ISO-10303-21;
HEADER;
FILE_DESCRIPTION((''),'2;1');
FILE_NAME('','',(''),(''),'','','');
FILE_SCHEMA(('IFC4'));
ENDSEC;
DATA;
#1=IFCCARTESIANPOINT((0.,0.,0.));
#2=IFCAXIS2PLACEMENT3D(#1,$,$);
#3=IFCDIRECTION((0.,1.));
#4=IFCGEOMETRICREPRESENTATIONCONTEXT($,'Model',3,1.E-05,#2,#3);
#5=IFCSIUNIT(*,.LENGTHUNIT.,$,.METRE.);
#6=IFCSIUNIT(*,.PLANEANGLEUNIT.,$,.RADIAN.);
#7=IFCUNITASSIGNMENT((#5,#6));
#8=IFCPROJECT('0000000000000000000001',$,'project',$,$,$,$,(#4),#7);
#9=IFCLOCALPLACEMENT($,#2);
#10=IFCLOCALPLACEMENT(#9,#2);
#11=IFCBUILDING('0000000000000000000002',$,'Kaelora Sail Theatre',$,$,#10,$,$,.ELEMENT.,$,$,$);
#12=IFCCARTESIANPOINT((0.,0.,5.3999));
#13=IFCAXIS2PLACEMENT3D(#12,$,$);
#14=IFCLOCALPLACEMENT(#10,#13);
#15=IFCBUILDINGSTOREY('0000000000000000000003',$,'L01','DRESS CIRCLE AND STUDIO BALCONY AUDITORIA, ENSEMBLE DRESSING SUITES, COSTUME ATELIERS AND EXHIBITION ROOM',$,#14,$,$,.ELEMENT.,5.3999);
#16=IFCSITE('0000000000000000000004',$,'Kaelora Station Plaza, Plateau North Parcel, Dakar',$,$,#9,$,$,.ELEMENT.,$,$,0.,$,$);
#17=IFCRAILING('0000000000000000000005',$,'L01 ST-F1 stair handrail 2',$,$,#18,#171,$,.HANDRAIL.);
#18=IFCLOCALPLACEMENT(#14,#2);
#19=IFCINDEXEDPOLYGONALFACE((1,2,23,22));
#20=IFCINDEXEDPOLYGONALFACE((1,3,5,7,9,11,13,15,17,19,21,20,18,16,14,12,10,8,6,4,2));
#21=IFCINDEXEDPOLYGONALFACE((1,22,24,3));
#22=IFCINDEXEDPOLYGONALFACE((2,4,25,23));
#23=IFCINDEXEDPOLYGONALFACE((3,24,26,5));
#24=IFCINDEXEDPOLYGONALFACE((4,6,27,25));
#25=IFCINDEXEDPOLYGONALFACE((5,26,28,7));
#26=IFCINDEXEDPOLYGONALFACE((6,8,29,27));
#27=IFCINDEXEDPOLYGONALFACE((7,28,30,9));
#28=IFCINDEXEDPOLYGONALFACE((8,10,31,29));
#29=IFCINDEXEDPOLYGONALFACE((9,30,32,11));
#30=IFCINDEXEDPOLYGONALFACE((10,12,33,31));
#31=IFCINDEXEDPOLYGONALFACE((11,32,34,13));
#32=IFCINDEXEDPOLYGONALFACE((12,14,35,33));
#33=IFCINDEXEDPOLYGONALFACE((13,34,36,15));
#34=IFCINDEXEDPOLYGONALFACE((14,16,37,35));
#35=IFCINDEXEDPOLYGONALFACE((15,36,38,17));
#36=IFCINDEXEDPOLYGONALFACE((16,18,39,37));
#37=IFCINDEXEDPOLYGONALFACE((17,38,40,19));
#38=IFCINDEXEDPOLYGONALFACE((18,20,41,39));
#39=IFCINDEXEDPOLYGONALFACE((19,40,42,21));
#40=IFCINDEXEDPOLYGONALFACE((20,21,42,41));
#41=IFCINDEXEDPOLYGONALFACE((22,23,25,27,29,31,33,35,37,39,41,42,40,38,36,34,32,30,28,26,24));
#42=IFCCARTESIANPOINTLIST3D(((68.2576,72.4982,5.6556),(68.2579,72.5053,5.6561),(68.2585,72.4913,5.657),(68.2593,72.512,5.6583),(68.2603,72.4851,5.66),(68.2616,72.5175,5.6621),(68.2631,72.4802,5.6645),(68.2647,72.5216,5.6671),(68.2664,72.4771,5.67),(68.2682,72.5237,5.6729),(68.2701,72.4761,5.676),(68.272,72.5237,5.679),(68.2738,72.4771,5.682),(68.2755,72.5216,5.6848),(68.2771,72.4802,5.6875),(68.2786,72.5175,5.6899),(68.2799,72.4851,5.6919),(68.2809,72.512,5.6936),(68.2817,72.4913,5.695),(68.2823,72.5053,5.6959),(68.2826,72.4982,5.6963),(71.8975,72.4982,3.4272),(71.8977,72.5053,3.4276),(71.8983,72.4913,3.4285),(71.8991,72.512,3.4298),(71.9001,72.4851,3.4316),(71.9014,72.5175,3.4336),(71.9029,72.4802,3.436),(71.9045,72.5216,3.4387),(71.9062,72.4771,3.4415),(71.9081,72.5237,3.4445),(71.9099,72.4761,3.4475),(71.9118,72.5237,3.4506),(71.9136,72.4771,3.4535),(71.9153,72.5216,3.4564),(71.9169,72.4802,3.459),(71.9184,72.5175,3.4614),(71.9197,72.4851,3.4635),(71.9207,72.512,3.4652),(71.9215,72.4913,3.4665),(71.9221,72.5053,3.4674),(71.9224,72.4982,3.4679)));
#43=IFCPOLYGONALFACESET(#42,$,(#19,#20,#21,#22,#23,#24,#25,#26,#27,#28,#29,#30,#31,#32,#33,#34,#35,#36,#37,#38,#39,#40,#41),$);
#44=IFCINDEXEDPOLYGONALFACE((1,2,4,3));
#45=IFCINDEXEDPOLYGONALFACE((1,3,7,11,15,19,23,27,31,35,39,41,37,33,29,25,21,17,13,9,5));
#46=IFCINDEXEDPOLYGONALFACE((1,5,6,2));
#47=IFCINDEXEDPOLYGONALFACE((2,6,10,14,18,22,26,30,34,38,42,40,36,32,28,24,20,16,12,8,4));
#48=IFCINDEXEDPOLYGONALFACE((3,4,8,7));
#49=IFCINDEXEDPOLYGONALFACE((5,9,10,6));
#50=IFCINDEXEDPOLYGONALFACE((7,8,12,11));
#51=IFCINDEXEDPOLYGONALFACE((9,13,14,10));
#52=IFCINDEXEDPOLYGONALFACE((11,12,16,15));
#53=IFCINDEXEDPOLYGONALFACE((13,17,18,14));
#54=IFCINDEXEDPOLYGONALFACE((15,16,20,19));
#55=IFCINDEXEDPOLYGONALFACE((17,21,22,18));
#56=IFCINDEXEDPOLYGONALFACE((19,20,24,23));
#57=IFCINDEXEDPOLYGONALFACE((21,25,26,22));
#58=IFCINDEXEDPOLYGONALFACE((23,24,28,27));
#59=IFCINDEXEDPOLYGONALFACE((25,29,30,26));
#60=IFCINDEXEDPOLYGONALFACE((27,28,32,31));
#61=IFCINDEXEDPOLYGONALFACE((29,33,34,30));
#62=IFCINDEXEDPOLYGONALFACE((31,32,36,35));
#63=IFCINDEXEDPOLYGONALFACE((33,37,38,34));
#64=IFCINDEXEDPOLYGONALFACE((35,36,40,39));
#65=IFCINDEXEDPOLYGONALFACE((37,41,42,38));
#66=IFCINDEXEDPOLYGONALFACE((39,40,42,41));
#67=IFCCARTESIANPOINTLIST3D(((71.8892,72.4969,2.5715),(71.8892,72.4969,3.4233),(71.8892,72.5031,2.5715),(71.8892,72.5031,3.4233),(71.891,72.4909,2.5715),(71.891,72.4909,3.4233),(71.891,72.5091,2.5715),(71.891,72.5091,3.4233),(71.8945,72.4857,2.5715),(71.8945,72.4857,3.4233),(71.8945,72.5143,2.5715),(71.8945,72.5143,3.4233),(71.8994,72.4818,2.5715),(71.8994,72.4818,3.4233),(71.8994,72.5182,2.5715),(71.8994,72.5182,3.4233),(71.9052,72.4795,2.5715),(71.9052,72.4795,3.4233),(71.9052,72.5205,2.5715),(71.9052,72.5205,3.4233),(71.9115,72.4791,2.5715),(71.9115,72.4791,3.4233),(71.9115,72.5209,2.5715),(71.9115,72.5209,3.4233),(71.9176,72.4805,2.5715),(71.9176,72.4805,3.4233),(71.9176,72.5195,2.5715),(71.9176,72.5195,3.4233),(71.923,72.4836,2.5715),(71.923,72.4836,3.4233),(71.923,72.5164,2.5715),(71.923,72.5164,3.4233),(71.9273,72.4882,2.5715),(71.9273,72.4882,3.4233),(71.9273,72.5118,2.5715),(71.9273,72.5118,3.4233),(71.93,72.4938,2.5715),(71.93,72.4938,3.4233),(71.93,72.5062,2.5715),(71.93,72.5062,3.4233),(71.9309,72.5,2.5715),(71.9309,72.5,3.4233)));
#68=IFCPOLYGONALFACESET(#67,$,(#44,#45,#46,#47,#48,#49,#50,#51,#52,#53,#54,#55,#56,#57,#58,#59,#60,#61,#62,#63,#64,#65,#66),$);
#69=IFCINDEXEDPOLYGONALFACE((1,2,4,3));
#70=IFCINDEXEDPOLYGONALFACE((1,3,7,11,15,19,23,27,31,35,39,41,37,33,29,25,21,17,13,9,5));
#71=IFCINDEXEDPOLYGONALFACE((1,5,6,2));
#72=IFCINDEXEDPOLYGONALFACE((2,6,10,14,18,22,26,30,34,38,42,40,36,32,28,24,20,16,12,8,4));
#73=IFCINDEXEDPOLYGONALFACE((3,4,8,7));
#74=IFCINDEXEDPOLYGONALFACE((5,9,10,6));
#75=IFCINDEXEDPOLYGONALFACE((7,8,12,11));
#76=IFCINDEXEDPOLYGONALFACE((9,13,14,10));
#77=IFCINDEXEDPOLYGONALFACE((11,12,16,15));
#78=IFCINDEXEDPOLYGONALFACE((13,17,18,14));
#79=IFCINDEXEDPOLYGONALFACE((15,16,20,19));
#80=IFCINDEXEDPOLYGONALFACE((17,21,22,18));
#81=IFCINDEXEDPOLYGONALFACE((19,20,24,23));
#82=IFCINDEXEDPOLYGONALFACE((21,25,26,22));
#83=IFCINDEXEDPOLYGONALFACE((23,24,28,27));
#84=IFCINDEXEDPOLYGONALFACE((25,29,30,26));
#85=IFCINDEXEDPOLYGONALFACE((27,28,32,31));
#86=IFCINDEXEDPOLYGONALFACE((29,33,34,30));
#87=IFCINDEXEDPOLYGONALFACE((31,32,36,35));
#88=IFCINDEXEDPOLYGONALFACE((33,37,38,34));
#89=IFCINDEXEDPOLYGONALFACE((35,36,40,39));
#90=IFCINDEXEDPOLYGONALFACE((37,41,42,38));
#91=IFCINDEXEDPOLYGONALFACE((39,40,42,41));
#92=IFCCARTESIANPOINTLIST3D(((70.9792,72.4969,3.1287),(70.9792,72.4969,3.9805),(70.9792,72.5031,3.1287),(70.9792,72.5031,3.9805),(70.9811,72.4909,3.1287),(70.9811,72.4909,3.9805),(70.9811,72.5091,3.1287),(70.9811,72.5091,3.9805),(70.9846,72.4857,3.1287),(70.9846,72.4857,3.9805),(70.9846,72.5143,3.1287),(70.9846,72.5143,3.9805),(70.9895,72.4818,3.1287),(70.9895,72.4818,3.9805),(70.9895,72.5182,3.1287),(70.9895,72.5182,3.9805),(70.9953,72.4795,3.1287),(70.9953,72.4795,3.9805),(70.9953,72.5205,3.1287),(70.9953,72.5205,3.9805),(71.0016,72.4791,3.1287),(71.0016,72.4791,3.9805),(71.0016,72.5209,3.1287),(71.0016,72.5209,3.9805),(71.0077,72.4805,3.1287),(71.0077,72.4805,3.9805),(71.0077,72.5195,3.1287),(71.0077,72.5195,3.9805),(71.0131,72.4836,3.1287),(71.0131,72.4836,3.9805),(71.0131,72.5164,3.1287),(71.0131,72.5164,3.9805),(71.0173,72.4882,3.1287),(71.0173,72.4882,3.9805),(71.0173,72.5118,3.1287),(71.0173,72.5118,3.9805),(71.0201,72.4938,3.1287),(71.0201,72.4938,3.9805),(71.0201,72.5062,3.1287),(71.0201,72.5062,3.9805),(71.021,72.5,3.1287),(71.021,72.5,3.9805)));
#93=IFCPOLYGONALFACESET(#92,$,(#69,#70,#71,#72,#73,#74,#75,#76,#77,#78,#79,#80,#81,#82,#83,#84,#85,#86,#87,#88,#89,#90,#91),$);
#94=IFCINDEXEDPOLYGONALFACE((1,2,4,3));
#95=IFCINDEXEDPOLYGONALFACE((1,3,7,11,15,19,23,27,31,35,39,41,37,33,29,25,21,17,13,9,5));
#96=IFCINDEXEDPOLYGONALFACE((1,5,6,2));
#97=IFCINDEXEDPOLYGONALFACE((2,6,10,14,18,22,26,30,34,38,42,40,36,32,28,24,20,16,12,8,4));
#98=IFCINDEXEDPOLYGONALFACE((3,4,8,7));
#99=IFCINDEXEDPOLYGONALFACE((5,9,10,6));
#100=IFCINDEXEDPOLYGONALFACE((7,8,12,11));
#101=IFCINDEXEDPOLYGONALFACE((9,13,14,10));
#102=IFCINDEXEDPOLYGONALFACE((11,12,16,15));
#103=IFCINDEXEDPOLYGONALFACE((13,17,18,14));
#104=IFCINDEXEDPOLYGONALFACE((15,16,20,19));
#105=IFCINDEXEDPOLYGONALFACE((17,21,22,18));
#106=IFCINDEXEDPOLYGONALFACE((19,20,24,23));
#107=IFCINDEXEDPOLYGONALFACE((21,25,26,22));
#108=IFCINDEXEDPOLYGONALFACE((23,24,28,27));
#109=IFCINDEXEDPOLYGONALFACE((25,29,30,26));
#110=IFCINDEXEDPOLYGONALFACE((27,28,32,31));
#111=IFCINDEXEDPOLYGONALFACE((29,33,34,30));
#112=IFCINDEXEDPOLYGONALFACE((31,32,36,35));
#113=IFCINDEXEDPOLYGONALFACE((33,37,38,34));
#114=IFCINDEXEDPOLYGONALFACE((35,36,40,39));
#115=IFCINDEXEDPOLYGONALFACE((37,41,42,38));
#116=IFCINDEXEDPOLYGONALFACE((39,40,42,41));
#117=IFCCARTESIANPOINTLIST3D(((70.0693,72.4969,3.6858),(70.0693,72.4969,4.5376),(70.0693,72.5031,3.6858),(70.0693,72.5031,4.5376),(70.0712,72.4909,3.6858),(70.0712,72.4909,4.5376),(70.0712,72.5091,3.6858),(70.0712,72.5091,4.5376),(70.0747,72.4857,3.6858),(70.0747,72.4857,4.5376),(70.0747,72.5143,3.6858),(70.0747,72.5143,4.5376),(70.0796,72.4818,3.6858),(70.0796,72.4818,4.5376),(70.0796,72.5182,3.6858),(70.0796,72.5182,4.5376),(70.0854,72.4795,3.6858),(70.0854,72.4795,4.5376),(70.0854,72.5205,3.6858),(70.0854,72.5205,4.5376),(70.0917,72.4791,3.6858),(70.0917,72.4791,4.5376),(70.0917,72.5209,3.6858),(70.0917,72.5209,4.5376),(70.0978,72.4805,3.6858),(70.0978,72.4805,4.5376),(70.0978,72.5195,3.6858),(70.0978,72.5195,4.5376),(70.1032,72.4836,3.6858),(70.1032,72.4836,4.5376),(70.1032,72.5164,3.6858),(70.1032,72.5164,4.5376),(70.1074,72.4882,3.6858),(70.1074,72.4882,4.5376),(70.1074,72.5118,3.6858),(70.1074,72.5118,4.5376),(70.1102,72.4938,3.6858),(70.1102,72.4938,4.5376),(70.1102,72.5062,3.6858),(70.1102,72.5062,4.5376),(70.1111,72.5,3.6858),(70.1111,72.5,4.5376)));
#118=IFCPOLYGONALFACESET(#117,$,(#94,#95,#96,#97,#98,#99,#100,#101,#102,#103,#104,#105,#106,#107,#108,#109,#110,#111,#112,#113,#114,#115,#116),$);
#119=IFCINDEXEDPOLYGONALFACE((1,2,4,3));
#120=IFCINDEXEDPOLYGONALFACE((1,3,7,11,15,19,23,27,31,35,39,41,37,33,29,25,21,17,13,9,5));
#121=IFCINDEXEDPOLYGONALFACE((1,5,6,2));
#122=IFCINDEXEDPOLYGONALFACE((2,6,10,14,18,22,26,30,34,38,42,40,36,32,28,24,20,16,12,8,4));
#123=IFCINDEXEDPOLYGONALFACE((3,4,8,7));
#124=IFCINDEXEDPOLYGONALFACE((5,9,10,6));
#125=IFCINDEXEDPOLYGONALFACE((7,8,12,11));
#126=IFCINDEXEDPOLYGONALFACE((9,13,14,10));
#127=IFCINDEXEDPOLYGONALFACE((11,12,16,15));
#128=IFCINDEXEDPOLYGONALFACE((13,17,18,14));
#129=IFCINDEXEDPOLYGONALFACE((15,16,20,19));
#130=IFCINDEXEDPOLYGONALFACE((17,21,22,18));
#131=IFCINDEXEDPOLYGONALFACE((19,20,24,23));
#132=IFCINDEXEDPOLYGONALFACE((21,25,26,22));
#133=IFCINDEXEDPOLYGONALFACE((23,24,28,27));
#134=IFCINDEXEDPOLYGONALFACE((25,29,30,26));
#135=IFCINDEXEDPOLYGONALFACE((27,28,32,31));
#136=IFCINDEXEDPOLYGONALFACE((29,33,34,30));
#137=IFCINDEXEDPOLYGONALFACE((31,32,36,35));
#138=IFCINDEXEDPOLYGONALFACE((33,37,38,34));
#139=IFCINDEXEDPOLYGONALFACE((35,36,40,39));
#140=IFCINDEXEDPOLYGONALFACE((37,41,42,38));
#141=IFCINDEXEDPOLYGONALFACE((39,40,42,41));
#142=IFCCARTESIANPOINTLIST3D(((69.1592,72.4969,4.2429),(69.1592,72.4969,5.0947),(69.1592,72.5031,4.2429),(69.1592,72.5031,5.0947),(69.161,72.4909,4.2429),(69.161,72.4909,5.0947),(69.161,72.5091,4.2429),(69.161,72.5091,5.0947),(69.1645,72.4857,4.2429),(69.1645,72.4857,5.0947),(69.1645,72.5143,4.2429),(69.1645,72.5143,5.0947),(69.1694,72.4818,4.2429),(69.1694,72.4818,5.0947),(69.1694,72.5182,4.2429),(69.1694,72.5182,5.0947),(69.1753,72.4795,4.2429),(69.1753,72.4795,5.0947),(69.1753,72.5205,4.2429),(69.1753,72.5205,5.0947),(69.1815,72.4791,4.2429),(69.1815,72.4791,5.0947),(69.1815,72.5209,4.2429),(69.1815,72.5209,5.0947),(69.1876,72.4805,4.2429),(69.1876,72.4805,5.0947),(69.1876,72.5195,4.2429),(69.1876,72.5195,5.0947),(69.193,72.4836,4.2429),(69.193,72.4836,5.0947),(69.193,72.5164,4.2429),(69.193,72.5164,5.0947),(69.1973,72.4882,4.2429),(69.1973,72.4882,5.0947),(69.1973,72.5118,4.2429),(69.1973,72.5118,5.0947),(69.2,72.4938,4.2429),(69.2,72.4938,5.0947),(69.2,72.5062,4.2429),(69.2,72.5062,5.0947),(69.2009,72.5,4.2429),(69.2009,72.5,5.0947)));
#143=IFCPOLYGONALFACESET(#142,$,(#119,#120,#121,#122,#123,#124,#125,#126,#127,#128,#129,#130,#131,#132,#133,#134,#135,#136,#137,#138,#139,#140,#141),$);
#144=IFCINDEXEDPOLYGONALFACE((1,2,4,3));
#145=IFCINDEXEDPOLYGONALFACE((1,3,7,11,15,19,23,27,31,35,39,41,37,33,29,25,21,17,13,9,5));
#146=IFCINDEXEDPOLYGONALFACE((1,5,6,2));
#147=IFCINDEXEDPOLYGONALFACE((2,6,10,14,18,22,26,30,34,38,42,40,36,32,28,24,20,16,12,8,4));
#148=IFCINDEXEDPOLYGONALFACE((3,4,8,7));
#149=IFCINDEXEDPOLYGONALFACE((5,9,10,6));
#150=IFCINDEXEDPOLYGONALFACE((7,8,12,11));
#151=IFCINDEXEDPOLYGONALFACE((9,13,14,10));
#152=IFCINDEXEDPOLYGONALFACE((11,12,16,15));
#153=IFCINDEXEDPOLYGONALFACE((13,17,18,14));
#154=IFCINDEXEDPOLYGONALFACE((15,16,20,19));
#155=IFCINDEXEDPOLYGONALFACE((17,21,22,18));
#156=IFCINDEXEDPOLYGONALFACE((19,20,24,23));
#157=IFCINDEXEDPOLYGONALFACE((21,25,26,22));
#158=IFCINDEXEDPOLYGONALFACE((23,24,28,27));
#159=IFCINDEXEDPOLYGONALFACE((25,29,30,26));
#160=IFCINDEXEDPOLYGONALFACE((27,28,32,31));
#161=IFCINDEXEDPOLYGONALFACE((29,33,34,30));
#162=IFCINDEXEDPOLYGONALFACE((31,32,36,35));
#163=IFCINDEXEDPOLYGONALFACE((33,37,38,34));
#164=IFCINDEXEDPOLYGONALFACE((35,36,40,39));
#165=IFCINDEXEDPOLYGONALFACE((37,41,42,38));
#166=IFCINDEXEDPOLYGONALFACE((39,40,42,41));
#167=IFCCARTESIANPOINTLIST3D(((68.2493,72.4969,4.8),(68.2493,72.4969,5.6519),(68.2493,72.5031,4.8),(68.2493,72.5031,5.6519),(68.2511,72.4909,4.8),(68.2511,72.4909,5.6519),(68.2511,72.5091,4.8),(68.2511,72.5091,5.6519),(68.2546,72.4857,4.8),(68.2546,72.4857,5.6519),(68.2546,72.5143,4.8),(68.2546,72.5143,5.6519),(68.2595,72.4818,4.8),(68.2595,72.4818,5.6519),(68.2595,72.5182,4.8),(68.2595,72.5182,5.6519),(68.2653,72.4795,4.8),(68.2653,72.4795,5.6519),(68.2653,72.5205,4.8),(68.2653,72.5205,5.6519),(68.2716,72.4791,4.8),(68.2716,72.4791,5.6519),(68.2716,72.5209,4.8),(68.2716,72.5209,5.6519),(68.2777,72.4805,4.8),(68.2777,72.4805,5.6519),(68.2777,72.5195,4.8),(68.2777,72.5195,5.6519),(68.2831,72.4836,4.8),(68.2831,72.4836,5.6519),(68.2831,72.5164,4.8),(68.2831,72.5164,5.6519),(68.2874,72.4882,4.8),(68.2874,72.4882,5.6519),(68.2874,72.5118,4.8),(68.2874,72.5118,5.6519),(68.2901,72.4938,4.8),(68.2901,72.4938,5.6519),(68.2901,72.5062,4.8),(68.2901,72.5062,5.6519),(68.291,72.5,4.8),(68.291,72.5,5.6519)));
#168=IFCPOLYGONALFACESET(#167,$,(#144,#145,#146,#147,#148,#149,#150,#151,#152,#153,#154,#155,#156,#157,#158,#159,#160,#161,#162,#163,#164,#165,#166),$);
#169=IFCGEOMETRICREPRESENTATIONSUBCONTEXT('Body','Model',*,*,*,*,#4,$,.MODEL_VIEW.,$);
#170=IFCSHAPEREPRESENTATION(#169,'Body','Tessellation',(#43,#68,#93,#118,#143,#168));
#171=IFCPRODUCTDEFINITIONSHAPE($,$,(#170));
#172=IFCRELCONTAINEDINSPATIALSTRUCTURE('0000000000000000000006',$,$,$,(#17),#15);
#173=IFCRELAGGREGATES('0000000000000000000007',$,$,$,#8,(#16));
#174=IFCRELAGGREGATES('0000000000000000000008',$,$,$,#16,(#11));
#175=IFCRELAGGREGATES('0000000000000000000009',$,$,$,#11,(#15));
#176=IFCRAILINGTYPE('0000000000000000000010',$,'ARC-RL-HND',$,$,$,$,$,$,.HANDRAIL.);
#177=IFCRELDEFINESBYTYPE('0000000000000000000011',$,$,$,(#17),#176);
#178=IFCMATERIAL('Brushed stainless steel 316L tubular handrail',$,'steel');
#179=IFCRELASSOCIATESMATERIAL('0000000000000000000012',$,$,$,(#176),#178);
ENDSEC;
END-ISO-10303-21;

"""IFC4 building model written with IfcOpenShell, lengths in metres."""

from ifc_helpers import new_model, si_unit, direction, frame, origin, origin_2d, place, context, subcontext, project, spatial, circle, extrude, material, type_object, element, save


model = new_model("IFC4")

# Units and contexts
model_context = context("Model", 3, precision=1e-05, world=origin(), true_north=direction((0.0, 1.0)))
body_context = subcontext(model_context, "Body", "Model", "MODEL_VIEW")
ifc_project = project(units=[si_unit("LENGTHUNIT", "METRE"), si_unit("PLANEANGLEUNIT", "RADIAN")], contexts=[model_context])

# Site, building, storey
site_placement = place(None, origin())
site = spatial("IfcSite", under=ifc_project, at=site_placement, Name="Kaelora Station Plaza, Plateau North Parcel, Dakar", CompositionType="ELEMENT", RefElevation=0.0)
building_placement = place(site_placement, origin())
building = spatial("IfcBuilding", under=site, at=building_placement, Name="Kaelora Sail Theatre", CompositionType="ELEMENT")
storey_placement = place(building_placement, frame((0.0, 0.0, 5.3999)))
storey = spatial("IfcBuildingStorey", under=building, at=storey_placement, Name="L01", Description="DRESS CIRCLE AND STUDIO BALCONY AUDITORIA, ENSEMBLE DRESSING SUITES, COSTUME ATELIERS AND EXHIBITION ROOM", CompositionType="ELEMENT", Elevation=5.3999)

# Railing
ifc_material_1 = material(Name="Brushed stainless steel 316L tubular handrail", Category="steel")
railing_type_1 = type_object("IfcRailingType", Name="ARC-RL-HND", PredefinedType="HANDRAIL", material=ifc_material_1)
railing_1_placement = place(storey_placement, frame((71.9099, 72.5, 2.5715)))
element("IfcRailing", 1, at=railing_1_placement, inside=storey, type_object=railing_type_1, Name="L01 ST-F1 stair handrail 2", PredefinedType="HANDRAIL", context=body_context, shape_type="SweptSolid", body=[
    extrude(circle(Radius=0.0239, at=origin_2d()), frame((0.0, 0.0, 0.876), z_axis=(-0.85285, 0.0, 0.522156), x_axis=(0.0, -1.0, 0.0)), (0.0, 0.0, 1.0), 4.2678),
    extrude(circle(Radius=0.021, at=origin_2d()), origin(), (0.0, 0.0, 1.0), 0.8518),
    extrude(circle(Radius=0.021, at=origin_2d()), frame((-0.9099, 0.0, 0.5571)), (0.0, 0.0, 1.0), 0.8518),
    extrude(circle(Radius=0.021, at=origin_2d()), frame((-1.8198, 0.0, 1.1143)), (0.0, 0.0, 1.0), 0.8518),
    extrude(circle(Radius=0.021, at=origin_2d()), frame((-2.73, 0.0, 1.6714)), (0.0, 0.0, 1.0), 0.8518),
    extrude(circle(Radius=0.021, at=origin_2d()), frame((-3.6399, 0.0, 2.2285)), (0.0, 0.0, 1.0), 0.8518),
])

save(model, "model.ifc")
